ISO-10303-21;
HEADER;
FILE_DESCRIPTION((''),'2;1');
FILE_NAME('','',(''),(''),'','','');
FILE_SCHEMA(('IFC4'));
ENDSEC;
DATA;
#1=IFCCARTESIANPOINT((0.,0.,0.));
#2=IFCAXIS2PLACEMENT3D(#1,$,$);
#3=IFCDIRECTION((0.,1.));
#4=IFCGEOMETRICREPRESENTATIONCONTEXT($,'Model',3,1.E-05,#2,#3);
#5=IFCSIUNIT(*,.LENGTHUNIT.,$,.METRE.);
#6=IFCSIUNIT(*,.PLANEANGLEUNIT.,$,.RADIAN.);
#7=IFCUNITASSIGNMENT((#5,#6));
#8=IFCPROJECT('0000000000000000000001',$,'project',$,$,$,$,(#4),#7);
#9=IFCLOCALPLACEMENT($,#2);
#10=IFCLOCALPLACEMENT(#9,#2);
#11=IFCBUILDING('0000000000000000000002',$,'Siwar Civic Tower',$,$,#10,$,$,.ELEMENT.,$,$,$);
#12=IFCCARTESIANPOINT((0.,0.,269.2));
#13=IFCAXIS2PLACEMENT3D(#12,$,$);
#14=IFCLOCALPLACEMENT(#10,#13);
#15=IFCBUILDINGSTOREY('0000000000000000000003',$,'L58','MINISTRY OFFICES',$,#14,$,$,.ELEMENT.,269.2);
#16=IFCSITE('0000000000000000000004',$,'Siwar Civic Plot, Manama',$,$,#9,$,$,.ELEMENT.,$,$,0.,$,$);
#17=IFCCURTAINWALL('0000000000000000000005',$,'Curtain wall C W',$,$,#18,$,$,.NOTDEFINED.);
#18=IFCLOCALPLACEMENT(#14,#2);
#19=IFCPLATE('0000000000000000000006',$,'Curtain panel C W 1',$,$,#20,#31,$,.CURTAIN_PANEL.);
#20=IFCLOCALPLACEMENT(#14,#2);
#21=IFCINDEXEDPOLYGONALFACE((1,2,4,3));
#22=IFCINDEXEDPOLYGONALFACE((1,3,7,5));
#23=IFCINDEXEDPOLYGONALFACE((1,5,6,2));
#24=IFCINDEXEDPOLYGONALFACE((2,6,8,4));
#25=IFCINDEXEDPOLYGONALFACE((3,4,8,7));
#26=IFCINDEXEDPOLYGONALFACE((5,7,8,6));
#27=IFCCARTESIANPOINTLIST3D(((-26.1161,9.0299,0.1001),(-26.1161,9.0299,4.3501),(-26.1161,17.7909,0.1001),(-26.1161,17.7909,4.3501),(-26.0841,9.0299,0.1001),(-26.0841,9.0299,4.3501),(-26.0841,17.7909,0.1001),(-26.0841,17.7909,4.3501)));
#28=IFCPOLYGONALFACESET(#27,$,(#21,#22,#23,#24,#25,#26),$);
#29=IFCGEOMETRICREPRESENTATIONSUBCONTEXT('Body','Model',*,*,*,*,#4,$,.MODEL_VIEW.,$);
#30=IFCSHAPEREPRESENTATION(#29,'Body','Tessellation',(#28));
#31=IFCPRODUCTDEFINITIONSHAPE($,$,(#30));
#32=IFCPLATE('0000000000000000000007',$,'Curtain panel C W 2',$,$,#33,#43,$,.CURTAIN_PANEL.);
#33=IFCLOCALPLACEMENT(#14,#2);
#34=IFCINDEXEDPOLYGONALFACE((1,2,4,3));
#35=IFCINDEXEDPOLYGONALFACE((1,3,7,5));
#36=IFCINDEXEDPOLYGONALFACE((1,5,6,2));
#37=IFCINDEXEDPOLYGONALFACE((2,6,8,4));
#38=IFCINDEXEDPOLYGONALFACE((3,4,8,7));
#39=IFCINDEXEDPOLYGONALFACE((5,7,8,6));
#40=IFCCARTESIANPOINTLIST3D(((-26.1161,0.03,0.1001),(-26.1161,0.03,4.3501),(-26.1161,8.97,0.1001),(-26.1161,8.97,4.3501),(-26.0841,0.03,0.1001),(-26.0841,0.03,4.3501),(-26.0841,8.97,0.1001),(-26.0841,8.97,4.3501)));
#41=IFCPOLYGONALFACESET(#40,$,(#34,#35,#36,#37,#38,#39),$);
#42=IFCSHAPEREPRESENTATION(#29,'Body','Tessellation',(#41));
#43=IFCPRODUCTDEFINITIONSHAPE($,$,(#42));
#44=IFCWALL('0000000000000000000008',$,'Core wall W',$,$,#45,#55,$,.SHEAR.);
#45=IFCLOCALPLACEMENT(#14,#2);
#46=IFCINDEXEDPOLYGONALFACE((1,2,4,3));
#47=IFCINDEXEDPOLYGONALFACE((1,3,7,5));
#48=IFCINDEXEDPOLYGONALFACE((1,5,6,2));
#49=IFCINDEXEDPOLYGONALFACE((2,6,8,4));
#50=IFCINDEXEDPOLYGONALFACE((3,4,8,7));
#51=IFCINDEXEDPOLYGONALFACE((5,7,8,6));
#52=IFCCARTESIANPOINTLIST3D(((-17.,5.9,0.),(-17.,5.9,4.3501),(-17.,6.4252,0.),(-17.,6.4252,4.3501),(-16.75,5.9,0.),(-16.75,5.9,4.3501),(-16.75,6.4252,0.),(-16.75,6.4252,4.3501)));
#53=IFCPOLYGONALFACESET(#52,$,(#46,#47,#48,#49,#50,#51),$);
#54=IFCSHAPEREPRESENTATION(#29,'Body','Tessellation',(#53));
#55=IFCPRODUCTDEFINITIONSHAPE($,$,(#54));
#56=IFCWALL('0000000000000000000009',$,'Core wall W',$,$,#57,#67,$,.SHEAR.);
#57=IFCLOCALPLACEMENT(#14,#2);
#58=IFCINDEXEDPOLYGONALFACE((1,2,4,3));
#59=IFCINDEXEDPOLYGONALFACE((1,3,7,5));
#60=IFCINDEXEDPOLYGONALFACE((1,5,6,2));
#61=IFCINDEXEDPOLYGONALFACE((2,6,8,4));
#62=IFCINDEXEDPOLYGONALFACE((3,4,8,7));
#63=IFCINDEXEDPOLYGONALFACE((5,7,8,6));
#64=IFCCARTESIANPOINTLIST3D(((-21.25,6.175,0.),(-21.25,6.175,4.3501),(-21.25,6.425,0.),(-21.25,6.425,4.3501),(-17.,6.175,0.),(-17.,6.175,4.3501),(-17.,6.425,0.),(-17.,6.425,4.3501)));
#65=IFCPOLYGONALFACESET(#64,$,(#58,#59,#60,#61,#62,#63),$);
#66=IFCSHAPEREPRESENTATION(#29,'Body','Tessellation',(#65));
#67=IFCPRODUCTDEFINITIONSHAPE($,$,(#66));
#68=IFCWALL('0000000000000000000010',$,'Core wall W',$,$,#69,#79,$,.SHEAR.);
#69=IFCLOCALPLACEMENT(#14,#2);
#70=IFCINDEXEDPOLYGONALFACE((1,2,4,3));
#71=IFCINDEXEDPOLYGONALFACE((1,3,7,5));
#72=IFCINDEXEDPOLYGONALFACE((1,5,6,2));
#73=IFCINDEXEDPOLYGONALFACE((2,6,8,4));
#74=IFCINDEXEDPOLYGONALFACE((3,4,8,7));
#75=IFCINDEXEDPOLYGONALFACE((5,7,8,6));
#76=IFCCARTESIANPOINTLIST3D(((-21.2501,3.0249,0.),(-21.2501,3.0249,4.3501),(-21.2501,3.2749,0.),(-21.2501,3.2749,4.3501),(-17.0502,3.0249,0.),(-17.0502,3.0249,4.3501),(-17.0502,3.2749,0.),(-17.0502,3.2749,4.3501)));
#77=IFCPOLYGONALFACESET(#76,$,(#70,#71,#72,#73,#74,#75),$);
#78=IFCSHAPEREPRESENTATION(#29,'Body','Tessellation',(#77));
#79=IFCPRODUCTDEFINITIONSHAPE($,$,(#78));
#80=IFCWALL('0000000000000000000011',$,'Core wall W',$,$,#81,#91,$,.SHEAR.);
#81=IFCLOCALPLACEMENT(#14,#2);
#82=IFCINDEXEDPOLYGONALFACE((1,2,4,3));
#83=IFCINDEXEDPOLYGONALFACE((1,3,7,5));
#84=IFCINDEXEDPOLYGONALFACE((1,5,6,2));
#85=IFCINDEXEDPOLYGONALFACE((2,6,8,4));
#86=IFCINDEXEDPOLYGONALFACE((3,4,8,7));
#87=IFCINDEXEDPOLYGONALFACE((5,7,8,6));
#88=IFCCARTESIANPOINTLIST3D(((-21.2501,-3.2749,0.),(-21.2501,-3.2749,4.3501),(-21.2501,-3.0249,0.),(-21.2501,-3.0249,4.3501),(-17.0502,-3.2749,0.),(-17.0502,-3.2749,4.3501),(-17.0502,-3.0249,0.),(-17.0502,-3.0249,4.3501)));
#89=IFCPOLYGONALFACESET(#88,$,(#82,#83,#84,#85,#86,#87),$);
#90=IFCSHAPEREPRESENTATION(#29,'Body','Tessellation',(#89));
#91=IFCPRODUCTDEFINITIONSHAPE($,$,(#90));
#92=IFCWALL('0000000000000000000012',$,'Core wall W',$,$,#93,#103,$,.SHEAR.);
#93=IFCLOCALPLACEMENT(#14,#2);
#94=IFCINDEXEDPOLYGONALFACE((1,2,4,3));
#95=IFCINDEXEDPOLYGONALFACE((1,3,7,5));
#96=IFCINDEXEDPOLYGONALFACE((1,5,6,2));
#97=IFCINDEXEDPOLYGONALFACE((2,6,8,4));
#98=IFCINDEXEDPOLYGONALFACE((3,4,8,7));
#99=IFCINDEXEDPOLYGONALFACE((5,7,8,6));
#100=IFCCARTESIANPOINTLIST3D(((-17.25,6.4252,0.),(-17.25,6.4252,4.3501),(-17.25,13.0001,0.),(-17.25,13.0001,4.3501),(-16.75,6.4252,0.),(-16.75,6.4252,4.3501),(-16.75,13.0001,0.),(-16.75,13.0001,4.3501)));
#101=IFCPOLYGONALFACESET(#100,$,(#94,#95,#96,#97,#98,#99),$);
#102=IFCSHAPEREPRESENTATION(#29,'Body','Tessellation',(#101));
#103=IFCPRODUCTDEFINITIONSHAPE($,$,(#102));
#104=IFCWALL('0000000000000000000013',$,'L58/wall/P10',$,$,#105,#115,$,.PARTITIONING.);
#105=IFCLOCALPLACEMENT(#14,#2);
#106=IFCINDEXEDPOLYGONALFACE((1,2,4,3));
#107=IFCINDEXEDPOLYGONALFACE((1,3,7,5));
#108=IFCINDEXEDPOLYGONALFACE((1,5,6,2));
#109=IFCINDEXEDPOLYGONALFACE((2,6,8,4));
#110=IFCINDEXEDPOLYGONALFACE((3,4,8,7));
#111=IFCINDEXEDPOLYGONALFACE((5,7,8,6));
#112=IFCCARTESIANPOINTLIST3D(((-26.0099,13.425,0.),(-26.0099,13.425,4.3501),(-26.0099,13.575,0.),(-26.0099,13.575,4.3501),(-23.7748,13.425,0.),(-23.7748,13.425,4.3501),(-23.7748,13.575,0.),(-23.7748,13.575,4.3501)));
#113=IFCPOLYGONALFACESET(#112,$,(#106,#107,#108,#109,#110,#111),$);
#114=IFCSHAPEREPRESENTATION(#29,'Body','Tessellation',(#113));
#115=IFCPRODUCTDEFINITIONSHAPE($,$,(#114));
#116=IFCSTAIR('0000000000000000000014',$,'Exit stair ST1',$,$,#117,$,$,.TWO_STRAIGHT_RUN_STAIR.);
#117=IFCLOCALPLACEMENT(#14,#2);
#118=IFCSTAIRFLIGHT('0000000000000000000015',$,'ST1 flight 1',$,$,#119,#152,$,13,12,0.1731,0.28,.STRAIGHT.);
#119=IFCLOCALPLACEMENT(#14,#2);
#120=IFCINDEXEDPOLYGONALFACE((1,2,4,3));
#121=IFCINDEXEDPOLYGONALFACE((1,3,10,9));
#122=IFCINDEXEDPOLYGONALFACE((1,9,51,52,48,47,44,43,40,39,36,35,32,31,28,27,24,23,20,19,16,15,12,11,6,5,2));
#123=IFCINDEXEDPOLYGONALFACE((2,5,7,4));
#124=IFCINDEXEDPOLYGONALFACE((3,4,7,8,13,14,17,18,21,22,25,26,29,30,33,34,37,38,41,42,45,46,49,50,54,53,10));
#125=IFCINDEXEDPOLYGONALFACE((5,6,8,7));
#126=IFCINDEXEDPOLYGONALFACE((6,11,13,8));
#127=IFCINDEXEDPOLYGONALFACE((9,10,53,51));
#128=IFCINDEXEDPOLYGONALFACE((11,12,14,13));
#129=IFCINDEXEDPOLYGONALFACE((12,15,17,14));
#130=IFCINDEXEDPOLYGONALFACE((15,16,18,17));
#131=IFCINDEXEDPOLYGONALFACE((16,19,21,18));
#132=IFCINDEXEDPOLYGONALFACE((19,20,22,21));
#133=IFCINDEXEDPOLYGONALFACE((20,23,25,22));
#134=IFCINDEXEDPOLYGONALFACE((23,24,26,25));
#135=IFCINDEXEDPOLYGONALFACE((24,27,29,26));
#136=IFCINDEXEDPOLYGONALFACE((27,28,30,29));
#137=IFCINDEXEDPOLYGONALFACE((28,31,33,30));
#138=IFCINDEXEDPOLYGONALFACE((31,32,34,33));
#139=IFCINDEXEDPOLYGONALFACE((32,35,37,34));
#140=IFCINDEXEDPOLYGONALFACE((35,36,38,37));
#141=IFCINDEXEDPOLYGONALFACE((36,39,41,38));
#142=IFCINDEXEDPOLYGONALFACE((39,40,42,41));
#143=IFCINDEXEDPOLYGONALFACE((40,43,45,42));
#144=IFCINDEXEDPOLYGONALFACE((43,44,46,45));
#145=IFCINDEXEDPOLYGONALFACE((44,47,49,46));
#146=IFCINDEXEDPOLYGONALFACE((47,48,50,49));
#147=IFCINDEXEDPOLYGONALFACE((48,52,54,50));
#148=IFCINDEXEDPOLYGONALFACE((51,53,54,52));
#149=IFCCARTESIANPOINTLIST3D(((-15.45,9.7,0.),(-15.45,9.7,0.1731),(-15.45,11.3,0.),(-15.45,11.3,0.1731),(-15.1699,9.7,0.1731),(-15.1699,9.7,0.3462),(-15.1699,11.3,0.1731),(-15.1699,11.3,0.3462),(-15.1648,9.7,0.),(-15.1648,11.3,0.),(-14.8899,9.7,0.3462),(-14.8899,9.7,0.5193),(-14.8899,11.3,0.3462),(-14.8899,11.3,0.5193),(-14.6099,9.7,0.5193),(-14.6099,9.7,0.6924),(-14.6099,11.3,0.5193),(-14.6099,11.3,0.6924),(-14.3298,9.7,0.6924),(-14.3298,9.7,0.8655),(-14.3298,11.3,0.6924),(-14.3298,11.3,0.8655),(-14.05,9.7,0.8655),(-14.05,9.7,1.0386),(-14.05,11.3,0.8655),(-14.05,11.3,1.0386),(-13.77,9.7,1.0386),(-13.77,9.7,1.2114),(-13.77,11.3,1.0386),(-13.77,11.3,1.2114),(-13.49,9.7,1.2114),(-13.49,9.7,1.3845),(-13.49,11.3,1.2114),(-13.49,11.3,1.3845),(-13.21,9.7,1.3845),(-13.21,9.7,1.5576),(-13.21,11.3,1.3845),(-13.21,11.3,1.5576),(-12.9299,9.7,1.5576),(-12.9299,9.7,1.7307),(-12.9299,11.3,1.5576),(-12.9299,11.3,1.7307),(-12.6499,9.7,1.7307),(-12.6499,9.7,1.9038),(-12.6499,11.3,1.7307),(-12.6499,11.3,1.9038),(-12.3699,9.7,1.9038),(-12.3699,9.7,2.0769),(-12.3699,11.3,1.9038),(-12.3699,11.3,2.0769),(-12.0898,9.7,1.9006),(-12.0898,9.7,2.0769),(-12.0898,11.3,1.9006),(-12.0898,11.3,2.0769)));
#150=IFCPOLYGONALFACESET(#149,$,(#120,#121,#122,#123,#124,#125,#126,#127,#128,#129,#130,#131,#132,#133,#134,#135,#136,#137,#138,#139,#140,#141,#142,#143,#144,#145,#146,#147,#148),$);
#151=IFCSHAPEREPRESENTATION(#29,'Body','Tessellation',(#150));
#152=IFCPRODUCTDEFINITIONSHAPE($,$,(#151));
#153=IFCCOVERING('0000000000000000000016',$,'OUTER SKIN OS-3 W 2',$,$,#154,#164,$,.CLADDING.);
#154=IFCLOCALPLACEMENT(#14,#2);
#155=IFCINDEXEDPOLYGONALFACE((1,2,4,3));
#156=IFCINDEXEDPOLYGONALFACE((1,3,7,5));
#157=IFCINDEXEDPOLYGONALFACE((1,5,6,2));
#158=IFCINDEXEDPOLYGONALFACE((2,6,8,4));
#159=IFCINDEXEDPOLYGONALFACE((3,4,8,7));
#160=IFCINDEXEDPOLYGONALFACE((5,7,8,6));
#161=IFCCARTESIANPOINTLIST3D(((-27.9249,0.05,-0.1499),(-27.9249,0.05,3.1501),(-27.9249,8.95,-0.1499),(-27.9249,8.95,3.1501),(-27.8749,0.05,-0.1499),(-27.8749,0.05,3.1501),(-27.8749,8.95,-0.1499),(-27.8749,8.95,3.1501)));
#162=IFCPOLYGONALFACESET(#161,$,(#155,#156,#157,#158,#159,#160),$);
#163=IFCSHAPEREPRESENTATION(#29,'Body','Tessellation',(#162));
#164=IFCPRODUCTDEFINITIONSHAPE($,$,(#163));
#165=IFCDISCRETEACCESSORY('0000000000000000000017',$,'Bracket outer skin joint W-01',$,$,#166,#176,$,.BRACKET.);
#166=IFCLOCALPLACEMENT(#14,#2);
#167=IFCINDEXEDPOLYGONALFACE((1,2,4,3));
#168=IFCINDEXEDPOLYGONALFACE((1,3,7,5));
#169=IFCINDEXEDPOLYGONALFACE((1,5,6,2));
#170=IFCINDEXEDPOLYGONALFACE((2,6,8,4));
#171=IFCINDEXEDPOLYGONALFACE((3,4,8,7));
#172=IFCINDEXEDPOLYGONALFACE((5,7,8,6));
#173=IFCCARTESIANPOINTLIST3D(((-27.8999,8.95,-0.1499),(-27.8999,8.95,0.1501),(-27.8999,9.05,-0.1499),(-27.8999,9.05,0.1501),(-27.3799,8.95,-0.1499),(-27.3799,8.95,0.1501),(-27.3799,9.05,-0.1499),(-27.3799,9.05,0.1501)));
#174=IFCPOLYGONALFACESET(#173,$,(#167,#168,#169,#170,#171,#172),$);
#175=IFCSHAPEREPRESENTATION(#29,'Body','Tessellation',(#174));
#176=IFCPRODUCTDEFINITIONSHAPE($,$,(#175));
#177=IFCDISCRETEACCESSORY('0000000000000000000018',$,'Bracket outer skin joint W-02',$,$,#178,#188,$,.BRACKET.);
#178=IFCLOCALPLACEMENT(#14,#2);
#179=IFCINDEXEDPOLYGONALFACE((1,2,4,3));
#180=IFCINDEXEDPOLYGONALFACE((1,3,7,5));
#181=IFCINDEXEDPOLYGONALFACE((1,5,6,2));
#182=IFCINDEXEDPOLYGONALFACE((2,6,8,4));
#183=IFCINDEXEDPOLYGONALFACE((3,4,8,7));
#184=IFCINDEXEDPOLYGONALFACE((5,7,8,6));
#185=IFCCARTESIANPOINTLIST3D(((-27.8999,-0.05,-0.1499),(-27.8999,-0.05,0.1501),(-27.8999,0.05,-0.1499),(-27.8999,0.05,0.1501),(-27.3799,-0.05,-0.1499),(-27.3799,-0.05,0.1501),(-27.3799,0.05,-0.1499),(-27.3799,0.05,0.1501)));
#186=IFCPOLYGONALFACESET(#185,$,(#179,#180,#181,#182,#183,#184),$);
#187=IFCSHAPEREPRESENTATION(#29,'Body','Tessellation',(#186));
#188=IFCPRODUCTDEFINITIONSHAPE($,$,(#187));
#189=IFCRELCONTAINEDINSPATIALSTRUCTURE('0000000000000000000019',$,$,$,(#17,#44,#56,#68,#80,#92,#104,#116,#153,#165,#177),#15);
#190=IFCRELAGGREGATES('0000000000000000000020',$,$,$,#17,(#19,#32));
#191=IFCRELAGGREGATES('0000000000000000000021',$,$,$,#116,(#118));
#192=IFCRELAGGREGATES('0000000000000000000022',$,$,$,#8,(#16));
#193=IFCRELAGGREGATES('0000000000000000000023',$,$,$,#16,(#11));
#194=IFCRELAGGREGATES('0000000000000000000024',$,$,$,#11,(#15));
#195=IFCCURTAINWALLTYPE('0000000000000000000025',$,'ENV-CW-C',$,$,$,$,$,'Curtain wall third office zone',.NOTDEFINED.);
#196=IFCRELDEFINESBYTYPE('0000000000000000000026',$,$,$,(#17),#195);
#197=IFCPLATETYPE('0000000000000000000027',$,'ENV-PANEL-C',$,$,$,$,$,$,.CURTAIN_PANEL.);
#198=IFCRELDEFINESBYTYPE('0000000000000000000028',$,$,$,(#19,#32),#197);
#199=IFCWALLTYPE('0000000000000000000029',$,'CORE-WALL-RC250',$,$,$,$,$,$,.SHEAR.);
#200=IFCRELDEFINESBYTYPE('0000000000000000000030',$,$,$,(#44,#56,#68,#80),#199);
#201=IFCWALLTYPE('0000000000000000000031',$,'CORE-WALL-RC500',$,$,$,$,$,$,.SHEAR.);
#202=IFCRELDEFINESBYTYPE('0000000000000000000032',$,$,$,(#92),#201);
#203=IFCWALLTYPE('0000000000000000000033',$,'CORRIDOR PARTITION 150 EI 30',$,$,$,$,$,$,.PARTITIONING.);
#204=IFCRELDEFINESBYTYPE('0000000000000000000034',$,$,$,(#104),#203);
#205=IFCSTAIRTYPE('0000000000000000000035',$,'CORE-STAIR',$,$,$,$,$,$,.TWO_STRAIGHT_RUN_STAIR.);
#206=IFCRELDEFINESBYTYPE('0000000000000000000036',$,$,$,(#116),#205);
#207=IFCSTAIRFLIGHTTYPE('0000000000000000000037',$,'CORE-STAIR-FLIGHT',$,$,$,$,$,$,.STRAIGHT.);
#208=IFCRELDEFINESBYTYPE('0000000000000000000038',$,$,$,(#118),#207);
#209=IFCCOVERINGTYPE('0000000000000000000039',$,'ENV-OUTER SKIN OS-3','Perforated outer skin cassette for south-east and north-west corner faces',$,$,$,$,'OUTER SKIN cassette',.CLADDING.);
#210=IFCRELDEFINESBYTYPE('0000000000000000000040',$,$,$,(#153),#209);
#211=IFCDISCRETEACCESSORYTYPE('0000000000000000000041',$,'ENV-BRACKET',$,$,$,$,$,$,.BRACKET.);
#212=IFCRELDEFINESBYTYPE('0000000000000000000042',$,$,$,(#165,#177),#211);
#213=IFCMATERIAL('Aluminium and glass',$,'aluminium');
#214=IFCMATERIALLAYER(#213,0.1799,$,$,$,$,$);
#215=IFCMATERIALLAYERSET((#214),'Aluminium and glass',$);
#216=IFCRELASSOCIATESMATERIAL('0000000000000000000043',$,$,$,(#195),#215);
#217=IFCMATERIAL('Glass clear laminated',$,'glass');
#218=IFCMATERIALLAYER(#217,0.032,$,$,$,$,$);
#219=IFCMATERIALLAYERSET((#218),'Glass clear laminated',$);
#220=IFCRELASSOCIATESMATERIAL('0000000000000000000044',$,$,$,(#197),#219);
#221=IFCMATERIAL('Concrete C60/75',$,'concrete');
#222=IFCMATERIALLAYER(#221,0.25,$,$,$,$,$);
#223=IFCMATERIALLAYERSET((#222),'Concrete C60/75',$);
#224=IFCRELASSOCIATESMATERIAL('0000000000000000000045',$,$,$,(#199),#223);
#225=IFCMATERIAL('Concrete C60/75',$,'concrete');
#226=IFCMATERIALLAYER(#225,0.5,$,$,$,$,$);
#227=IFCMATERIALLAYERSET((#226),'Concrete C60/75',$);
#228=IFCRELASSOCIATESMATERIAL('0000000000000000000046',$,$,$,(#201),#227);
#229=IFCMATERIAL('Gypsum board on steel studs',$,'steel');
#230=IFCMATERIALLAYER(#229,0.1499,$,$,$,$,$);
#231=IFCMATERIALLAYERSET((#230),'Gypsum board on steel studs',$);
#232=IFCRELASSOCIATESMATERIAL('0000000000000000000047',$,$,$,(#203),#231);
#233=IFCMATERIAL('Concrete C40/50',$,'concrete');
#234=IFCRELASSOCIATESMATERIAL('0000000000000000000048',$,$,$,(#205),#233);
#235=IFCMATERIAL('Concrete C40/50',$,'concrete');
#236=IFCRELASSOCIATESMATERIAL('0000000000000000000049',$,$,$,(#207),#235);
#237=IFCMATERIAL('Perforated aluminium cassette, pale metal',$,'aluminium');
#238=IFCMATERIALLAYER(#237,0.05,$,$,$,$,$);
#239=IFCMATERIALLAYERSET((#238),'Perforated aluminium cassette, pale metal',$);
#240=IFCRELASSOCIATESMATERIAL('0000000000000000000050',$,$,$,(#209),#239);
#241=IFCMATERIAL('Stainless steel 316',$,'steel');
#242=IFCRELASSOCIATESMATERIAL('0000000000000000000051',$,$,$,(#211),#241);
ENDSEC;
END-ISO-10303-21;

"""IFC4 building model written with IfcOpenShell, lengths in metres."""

from ifc_helpers import new_model, si_unit, direction, frame, frame_2d, origin, origin_2d, place, context, subcontext, project, spatial, polyline, rectangle, outline, extrude, material, layer, layer_set, type_object, element, aggregate, save


model = new_model("IFC4")

# Units and contexts
model_context = context("Model", 3, precision=1e-05, world=origin(), true_north=direction((0.0, 1.0)))
body_context = subcontext(model_context, "Body", "Model", "MODEL_VIEW")
ifc_project = project(units=[si_unit("LENGTHUNIT", "METRE"), si_unit("PLANEANGLEUNIT", "RADIAN")], contexts=[model_context])

# Site, building, storey
site_placement = place(None, origin())
site = spatial("IfcSite", under=ifc_project, at=site_placement, Name="Siwar Civic Plot, Manama", CompositionType="ELEMENT", RefElevation=0.0)
building_placement = place(site_placement, origin())
building = spatial("IfcBuilding", under=site, at=building_placement, Name="Siwar Civic Tower", CompositionType="ELEMENT")
storey_placement = place(building_placement, frame((0.0, 0.0, 269.2)))
storey = spatial("IfcBuildingStorey", under=building, at=storey_placement, Name="L58", Description="MINISTRY OFFICES", CompositionType="ELEMENT", Elevation=269.2)

# Curtain wall
ifc_material_1 = material(Name="Aluminium and glass", Category="aluminium")
ifc_layer_1 = layer(ifc_material_1, 0.1799)
ifc_layer_set_1 = layer_set([ifc_layer_1], Name="Aluminium and glass")
curtain_wall_type = type_object("IfcCurtainWallType", Name="ENV-CW-C", ElementType="Curtain wall third office zone", PredefinedType="NOTDEFINED", material=ifc_layer_set_1)
curtain_wall_placement = place(storey_placement, origin())
curtain_wall = element("IfcCurtainWall", 1, at=curtain_wall_placement, inside=storey, type_object=curtain_wall_type, Name="Curtain wall C W", PredefinedType="NOTDEFINED")

# Plates
ifc_material_2 = material(Name="Glass clear laminated", Category="glass")
ifc_layer_2 = layer(ifc_material_2, 0.032)
ifc_layer_set_2 = layer_set([ifc_layer_2], Name="Glass clear laminated")
plate_type = type_object("IfcPlateType", Name="ENV-PANEL-C", PredefinedType="CURTAIN_PANEL", material=ifc_layer_set_2)
plate_1_placement = place(storey_placement, frame((-26.1001, 13.4104, 0.1001), z_axis=(0.0, 0.0, 1.0), x_axis=(0.0, -1.0, 0.0)))
plate_1 = element("IfcPlate", 2, at=plate_1_placement, type_object=plate_type, Name="Curtain panel C W 1", PredefinedType="CURTAIN_PANEL", context=body_context, shape_type="SweptSolid", body=[
    extrude(rectangle(XDim=8.761, YDim=0.032, at=origin_2d()), origin(), (0.0, 0.0, 1.0), 4.25),
])
plate_2_placement = place(storey_placement, frame((-26.1001, 4.5, 0.1001), z_axis=(0.0, 0.0, 1.0), x_axis=(0.0, -1.0, 0.0)))
plate_2 = element("IfcPlate", 3, at=plate_2_placement, type_object=plate_type, Name="Curtain panel C W 2", PredefinedType="CURTAIN_PANEL", context=body_context, shape_type="SweptSolid", body=[
    extrude(rectangle(XDim=8.9399, YDim=0.032, at=origin_2d()), origin(), (0.0, 0.0, 1.0), 4.25),
])
aggregate(curtain_wall, [plate_1, plate_2])

# Walls
ifc_material_3 = material(Name="Concrete C60/75", Category="concrete")
ifc_layer_3 = layer(ifc_material_3, 0.25)
ifc_layer_set_3 = layer_set([ifc_layer_3], Name="Concrete C60/75")
wall_type_1 = type_object("IfcWallType", Name="CORE-WALL-RC250", PredefinedType="SHEAR", material=ifc_layer_set_3)
wall_1_placement = place(storey_placement, frame((-16.875, 5.8999, 0.0), z_axis=(0.0, 0.0, 1.0), x_axis=(0.0, 1.0, 0.0)))
element("IfcWall", 4, at=wall_1_placement, inside=storey, type_object=wall_type_1, Name="Core wall W", PredefinedType="SHEAR", context=body_context, shape_type="SweptSolid", body=[
    extrude(rectangle(XDim=0.5251, YDim=0.25, at=frame_2d((0.2627, 0.0))), origin(), (0.0, 0.0, 1.0), 4.3501),
])
wall_2_placement = place(storey_placement, frame((-17.0, 6.3, 0.0), z_axis=(0.0, 0.0, 1.0), x_axis=(-1.0, 0.0, 0.0)))
element("IfcWall", 5, at=wall_2_placement, inside=storey, type_object=wall_type_1, Name="Core wall W", PredefinedType="SHEAR", context=body_context, shape_type="SweptSolid", body=[
    extrude(rectangle(XDim=4.25, YDim=0.25, at=frame_2d((2.125, 0.0))), origin(), (0.0, 0.0, 1.0), 4.3501),
])
for number, where, z_axis, x_axis, name in (
    (6, (-17.05, 3.1499, 0.0), (0.0, 0.0, 1.0), (-1.0, 0.0, 0.0), "Core wall W"),
    (7, (-17.05, -3.1499, 0.0), (0.0, 0.0, 1.0), (-1.0, 0.0, 0.0), "Core wall W"),
):
    element("IfcWall", number, at=place(storey_placement, frame(where, z_axis=z_axis, x_axis=x_axis)), inside=storey, type_object=wall_type_1, Name=name, PredefinedType="SHEAR", context=body_context, shape_type="SweptSolid", body=[
        extrude(rectangle(XDim=4.2, YDim=0.25, at=frame_2d((2.1001, 0.0))), origin(), (0.0, 0.0, 1.0), 4.3501),
    ])
ifc_material_4 = material(Name="Concrete C60/75", Category="concrete")
ifc_layer_4 = layer(ifc_material_4, 0.5)
ifc_layer_set_4 = layer_set([ifc_layer_4], Name="Concrete C60/75")
wall_type_2 = type_object("IfcWallType", Name="CORE-WALL-RC500", PredefinedType="SHEAR", material=ifc_layer_set_4)
wall_3_placement = place(storey_placement, frame((-17.0, 6.425, 0.0), z_axis=(0.0, 0.0, 1.0), x_axis=(0.0, 1.0, 0.0)))
element("IfcWall", 8, at=wall_3_placement, inside=storey, type_object=wall_type_2, Name="Core wall W", PredefinedType="SHEAR", context=body_context, shape_type="SweptSolid", body=[
    extrude(rectangle(XDim=6.575, YDim=0.5, at=frame_2d((3.2876, 0.0))), origin(), (0.0, 0.0, 1.0), 4.3501),
])
ifc_material_5 = material(Name="Gypsum board on steel studs", Category="steel")
ifc_layer_5 = layer(ifc_material_5, 0.1499)
ifc_layer_set_5 = layer_set([ifc_layer_5], Name="Gypsum board on steel studs")
wall_type_3 = type_object("IfcWallType", Name="CORRIDOR PARTITION 150 EI 30", PredefinedType="PARTITIONING", material=ifc_layer_set_5)
wall_4_placement = place(storey_placement, frame((-26.01, 13.5, 0.0), z_axis=(0.0, 0.0, 1.0), x_axis=(1.0, 0.0, 0.0)))
element("IfcWall", 9, at=wall_4_placement, inside=storey, type_object=wall_type_3, Name="L58/wall/P10", PredefinedType="PARTITIONING", context=body_context, shape_type="SweptSolid", body=[
    extrude(rectangle(XDim=2.2351, YDim=0.1499, at=frame_2d((1.1177, 0.0))), origin(), (0.0, 0.0, 1.0), 4.3501),
])

# Stair, stair flight
ifc_material_6 = material(Name="Concrete C40/50", Category="concrete")
stair_type = type_object("IfcStairType", Name="CORE-STAIR", PredefinedType="TWO_STRAIGHT_RUN_STAIR", material=ifc_material_6)
stair_placement = place(storey_placement, origin())
stair = element("IfcStair", 10, at=stair_placement, inside=storey, type_object=stair_type, Name="Exit stair ST1", PredefinedType="TWO_STRAIGHT_RUN_STAIR")
ifc_material_7 = material(Name="Concrete C40/50", Category="concrete")
stair_flight_type = type_object("IfcStairFlightType", Name="CORE-STAIR-FLIGHT", PredefinedType="STRAIGHT", material=ifc_material_7)
stair_flight_placement = place(storey_placement, frame((-15.45, 10.5, 0.0), z_axis=(0.0, 0.0, 1.0), x_axis=(1.0, 0.0, 0.0)))
stair_flight = element("IfcStairFlight", 11, at=stair_flight_placement, type_object=stair_flight_type, Name="ST1 flight 1", NumberOfRisers=13, NumberOfTreads=12, PredefinedType="STRAIGHT", RiserHeight=0.1731, TreadLength=0.28, context=body_context, shape_type="SweptSolid", body=[
    extrude(outline(polyline([(0.0, 0.0), (0.0, 0.1731), (0.28, 0.1731), (0.28, 0.3462), (0.5601, 0.3462), (0.5601, 0.5193), (0.8401, 0.5193), (0.8401, 0.6924), (1.1201, 0.6924), (1.1201, 0.8655), (1.3999, 0.8655), (1.3999, 1.0386), (1.6799, 1.0386), (1.6799, 1.2114), (1.96, 1.2114), (1.96, 1.3845), (2.24, 1.3845), (2.24, 1.5576), (2.52, 1.5576), (2.52, 1.7307), (2.8, 1.7307), (2.8, 1.9038), (3.0801, 1.9038), (3.0801, 2.0769), (3.3601, 2.0769), (3.3601, 2.25), (3.3601, 1.9006), (0.2852, 0.0), (0.0, 0.0)])), frame((0.0, 0.8, 0.0), z_axis=(0.0, -1.0, 0.0), x_axis=(1.0, 0.0, 0.0)), (0.0, 0.0, 1.0), 1.6001),
])
aggregate(stair, [stair_flight])

# Covering
ifc_material_8 = material(Name="Perforated aluminium cassette, pale metal", Category="aluminium")
ifc_layer_6 = layer(ifc_material_8, 0.05)
ifc_layer_set_6 = layer_set([ifc_layer_6], Name="Perforated aluminium cassette, pale metal")
covering_type = type_object("IfcCoveringType", Name="ENV-OUTER SKIN OS-3", Description="Perforated outer skin cassette for south-east and north-west corner faces", ElementType="OUTER SKIN cassette", PredefinedType="CLADDING", material=ifc_layer_set_6)
covering_placement = place(storey_placement, frame((-27.8999, 4.5, -0.1499), z_axis=(0.0, 0.0, 1.0), x_axis=(0.0, -1.0, 0.0)))
element("IfcCovering", 12, at=covering_placement, inside=storey, type_object=covering_type, Name="OUTER SKIN OS-3 W 2", PredefinedType="CLADDING", context=body_context, shape_type="SweptSolid", body=[
    extrude(rectangle(XDim=8.8999, YDim=0.05, at=origin_2d()), origin(), (0.0, 0.0, 1.0), 3.3),
])

# Discrete accessories
ifc_material_9 = material(Name="Stainless steel 316", Category="steel")
discrete_accessory_type = type_object("IfcDiscreteAccessoryType", Name="ENV-BRACKET", PredefinedType="BRACKET", material=ifc_material_9)
for number, where, z_axis, x_axis, name in (
    (13, (-27.6399, 9.0, -0.1499), (0.0, 0.0, 1.0), (-1.0, 0.0, 0.0), "Bracket outer skin joint W-01"),
    (14, (-27.6399, 0.0, -0.1499), (0.0, 0.0, 1.0), (-1.0, 0.0, 0.0), "Bracket outer skin joint W-02"),
):
    element("IfcDiscreteAccessory", number, at=place(storey_placement, frame(where, z_axis=z_axis, x_axis=x_axis)), inside=storey, type_object=discrete_accessory_type, Name=name, PredefinedType="BRACKET", context=body_context, shape_type="SweptSolid", body=[
        extrude(rectangle(XDim=0.52, YDim=0.1001, at=origin_2d()), origin(), (0.0, 0.0, 1.0), 0.3),
    ])

save(model, "model.ifc")
